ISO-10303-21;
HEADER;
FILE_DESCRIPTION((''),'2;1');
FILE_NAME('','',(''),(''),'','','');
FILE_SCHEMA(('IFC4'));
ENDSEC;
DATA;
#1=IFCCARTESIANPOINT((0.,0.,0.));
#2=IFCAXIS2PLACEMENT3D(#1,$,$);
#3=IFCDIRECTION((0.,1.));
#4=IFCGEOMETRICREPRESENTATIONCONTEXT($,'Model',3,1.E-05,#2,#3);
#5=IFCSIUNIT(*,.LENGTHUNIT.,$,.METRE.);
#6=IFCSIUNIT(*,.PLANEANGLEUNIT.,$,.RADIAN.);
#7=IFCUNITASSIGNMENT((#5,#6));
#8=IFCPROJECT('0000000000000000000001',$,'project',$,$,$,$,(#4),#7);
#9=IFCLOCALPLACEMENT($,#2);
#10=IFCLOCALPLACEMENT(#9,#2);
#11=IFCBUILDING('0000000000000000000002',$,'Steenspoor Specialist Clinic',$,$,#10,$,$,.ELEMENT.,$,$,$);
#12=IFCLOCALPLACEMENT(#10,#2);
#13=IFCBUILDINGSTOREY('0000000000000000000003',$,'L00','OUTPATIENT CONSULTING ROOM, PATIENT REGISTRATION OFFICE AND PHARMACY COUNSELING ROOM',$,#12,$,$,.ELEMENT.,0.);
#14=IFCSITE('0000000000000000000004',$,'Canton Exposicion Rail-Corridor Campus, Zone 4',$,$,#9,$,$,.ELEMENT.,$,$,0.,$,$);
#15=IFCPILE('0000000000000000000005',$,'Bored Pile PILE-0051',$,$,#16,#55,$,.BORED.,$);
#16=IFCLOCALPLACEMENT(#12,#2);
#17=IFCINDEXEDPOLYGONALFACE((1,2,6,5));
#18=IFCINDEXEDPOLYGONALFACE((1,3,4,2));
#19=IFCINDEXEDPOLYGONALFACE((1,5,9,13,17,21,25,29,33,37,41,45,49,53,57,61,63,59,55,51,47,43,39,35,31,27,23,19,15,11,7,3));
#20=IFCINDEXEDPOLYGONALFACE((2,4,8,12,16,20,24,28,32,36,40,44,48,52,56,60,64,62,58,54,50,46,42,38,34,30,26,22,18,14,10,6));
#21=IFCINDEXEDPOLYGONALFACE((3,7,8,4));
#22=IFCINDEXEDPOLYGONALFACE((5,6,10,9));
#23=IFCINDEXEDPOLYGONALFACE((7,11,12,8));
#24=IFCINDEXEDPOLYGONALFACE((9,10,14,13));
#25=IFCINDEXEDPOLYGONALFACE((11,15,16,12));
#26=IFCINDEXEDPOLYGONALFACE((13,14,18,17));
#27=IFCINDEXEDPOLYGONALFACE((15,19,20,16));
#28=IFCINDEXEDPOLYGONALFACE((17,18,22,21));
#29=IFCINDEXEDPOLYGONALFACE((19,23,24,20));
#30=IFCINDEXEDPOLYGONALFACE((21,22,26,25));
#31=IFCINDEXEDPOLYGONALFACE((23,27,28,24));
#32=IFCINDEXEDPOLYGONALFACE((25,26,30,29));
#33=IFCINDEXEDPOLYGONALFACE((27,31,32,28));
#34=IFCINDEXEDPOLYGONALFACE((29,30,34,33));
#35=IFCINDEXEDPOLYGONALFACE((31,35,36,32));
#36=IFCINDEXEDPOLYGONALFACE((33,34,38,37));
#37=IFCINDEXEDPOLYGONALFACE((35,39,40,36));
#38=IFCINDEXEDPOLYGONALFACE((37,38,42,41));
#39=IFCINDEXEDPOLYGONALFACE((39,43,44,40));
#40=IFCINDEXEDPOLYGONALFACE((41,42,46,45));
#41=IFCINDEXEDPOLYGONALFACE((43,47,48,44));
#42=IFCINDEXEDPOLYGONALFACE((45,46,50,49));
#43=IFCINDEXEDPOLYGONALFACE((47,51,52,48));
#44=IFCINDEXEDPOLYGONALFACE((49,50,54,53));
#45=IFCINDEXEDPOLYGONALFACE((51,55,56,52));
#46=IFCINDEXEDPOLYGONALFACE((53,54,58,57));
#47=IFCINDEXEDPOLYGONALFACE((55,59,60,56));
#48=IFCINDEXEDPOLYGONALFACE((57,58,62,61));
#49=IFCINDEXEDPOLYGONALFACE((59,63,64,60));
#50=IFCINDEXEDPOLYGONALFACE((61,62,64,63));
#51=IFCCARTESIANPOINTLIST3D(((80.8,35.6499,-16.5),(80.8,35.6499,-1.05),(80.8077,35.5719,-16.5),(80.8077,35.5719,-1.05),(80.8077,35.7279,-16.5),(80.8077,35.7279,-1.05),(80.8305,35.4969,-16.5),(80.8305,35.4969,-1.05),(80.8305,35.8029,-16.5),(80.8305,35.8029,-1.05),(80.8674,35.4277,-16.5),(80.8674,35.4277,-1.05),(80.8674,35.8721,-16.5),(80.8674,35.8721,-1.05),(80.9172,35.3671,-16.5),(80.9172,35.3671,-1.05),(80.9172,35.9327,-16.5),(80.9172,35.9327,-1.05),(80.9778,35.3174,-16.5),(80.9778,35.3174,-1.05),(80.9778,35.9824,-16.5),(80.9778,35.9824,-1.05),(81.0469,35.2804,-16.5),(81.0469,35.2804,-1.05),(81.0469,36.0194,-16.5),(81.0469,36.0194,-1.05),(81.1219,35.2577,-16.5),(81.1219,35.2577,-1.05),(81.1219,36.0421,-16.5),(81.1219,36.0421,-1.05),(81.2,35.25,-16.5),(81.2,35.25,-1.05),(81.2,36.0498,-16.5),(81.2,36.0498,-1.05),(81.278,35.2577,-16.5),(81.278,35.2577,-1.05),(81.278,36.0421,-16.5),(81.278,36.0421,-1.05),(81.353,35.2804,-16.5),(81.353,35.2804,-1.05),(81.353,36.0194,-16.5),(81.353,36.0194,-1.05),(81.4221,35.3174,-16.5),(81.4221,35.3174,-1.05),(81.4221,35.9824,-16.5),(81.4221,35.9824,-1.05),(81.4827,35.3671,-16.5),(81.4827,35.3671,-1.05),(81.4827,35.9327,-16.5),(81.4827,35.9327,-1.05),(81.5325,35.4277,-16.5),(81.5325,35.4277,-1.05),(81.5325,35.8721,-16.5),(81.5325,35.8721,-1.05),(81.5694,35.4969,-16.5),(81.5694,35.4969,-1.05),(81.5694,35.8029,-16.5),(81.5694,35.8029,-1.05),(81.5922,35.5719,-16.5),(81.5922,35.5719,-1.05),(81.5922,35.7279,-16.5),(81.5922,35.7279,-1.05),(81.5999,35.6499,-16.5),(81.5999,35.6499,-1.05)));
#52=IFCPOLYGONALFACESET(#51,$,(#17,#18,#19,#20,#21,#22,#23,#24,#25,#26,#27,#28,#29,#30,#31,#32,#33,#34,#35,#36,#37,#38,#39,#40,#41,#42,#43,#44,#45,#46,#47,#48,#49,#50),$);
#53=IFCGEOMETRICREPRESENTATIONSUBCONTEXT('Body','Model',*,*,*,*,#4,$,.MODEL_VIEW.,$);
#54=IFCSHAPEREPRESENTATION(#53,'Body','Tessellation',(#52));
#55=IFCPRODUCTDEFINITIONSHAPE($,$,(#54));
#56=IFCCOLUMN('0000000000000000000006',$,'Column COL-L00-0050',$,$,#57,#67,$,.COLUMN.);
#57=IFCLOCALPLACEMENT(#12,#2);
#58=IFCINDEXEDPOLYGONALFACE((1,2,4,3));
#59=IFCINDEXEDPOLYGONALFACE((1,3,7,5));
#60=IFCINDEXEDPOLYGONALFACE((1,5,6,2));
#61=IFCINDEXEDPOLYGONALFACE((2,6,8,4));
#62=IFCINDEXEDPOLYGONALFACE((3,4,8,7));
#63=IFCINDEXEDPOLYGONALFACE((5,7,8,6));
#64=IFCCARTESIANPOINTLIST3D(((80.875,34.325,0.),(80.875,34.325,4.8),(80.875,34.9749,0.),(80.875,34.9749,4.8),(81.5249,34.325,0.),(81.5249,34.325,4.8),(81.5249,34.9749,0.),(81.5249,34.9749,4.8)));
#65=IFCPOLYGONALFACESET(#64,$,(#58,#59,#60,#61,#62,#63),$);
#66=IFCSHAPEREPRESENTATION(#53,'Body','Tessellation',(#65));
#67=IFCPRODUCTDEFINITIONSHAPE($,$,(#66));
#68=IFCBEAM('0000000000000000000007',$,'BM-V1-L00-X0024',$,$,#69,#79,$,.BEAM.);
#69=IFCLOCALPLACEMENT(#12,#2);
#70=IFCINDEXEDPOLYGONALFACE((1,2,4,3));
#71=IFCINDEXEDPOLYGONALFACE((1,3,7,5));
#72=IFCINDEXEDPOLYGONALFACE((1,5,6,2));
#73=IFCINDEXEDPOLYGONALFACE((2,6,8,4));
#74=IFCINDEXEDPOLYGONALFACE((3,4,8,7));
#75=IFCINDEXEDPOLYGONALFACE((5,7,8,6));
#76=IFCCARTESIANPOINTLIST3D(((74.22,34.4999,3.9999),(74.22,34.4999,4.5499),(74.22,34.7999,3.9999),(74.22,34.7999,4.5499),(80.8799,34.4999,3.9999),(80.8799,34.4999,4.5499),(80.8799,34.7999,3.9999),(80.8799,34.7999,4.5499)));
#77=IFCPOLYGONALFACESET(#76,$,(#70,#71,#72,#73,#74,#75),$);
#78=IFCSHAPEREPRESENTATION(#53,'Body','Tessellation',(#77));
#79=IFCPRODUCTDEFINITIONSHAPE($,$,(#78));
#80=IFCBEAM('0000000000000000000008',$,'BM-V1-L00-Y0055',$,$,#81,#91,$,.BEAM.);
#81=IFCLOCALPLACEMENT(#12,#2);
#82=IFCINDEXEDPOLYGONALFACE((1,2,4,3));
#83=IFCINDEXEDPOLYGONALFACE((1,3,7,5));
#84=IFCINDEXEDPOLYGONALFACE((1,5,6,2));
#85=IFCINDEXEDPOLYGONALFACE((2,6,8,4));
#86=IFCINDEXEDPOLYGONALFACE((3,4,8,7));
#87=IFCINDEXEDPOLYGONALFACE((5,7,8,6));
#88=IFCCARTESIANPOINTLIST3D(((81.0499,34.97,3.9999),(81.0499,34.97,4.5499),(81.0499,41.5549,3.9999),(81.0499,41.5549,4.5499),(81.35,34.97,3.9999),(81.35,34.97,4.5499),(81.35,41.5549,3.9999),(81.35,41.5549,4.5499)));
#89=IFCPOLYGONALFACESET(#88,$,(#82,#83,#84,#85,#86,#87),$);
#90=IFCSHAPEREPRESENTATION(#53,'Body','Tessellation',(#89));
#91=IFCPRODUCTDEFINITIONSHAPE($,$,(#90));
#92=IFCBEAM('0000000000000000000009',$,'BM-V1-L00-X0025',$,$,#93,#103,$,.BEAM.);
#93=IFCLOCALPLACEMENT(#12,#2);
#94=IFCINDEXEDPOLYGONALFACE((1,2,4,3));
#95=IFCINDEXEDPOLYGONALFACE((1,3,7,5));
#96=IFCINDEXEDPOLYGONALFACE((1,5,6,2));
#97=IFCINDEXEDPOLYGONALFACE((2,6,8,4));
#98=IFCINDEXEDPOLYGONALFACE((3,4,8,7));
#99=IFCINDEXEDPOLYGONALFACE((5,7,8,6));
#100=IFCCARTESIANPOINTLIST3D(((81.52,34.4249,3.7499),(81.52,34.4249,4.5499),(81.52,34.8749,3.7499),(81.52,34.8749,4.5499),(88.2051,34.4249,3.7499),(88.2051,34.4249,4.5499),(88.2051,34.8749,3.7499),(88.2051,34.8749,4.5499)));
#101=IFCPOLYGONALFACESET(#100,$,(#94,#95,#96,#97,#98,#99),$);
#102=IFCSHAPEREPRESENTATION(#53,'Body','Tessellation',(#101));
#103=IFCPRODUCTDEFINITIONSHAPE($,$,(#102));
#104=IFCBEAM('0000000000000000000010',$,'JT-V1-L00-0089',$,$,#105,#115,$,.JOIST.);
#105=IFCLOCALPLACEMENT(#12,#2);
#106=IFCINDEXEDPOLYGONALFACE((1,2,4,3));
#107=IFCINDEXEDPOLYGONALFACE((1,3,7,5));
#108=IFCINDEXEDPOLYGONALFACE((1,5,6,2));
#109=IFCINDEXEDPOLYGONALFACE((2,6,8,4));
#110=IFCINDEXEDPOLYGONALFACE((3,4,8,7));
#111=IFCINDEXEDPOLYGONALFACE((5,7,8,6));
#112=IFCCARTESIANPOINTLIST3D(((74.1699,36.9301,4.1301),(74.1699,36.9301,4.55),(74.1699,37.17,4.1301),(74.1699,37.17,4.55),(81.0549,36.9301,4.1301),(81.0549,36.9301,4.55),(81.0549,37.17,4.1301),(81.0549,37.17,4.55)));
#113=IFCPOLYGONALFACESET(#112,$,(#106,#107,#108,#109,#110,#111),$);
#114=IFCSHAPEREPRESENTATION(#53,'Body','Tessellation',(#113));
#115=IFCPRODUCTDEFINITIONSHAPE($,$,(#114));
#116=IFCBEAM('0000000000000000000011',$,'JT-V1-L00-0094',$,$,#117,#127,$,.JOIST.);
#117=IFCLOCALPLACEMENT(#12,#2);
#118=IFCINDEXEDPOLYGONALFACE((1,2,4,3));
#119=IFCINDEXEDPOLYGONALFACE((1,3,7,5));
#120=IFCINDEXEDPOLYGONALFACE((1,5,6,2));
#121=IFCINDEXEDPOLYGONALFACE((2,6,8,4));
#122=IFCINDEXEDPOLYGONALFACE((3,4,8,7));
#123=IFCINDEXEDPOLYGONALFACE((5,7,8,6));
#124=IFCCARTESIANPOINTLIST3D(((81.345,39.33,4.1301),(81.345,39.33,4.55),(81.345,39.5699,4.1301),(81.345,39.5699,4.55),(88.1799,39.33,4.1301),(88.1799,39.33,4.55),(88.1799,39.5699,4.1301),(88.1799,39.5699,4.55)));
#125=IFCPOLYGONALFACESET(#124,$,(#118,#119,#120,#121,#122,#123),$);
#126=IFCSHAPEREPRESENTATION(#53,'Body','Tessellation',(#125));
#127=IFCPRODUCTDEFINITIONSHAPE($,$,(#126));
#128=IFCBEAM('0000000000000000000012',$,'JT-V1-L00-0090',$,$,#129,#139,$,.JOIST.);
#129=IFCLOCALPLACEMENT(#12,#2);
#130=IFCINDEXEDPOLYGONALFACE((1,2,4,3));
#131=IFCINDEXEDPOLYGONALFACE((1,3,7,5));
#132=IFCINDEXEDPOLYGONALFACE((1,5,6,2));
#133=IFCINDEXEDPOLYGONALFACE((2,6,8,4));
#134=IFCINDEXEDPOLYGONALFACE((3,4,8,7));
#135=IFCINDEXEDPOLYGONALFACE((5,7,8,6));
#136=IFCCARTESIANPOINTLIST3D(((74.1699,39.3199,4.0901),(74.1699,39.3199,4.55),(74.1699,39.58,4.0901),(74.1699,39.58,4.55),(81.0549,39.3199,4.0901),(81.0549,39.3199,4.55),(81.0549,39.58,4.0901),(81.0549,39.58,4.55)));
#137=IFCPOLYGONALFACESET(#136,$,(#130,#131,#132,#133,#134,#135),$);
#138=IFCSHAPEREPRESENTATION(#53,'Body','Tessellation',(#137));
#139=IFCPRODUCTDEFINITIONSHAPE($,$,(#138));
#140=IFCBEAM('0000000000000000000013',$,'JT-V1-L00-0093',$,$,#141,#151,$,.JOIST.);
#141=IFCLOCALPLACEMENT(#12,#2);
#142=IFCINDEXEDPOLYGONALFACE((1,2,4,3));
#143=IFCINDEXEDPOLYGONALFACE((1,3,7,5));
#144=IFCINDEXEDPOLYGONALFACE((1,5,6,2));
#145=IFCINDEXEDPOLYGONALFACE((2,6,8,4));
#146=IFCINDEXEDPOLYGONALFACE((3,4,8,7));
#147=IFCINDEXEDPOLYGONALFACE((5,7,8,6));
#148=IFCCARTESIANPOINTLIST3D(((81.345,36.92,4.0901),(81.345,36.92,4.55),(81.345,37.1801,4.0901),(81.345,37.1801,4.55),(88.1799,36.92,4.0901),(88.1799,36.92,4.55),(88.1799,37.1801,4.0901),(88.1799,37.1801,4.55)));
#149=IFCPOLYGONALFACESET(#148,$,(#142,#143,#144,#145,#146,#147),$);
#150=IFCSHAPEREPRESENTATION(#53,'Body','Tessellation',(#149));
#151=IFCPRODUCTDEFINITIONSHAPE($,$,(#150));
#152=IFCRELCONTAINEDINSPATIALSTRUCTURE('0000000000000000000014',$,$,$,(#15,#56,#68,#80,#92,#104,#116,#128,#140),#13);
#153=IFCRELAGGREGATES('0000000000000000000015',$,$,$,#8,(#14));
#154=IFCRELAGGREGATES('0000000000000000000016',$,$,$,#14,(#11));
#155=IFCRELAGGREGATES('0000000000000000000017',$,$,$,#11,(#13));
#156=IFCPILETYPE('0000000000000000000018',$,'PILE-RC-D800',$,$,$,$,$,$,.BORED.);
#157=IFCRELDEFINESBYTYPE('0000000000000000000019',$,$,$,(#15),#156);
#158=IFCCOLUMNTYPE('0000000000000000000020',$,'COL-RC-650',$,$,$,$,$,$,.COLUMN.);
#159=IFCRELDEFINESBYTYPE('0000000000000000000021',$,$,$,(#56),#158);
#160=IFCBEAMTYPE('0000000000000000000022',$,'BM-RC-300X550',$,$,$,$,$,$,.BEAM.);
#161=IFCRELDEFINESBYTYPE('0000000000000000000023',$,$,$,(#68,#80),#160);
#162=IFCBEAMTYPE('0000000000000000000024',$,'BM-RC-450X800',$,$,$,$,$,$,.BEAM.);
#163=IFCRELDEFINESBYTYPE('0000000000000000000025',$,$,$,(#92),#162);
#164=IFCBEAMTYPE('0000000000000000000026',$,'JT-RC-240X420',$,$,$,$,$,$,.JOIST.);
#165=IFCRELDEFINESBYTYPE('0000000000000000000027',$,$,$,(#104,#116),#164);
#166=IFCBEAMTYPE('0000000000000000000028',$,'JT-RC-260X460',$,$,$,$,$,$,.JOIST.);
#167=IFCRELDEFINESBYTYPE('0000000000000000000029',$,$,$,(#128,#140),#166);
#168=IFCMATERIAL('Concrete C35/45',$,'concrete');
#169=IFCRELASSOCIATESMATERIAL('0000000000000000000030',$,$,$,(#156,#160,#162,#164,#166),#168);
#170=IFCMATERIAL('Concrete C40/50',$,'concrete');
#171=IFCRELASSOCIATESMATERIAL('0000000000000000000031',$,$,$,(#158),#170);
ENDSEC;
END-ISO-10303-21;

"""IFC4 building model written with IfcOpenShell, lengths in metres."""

from ifc_helpers import new_model, si_unit, direction, frame, origin, origin_2d, place, context, subcontext, project, spatial, rectangle, circle, extrude, material, material_profile, profile_set, type_object, element, save


model = new_model("IFC4")

# Units and contexts
model_context = context("Model", 3, precision=1e-05, world=origin(), true_north=direction((0.0, 1.0)))
body_context = subcontext(model_context, "Body", "Model", "MODEL_VIEW")
ifc_project = project(units=[si_unit("LENGTHUNIT", "METRE"), si_unit("PLANEANGLEUNIT", "RADIAN")], contexts=[model_context])

# Site, building, storey
site_placement = place(None, origin())
site = spatial("IfcSite", under=ifc_project, at=site_placement, Name="Canton Exposicion Rail-Corridor Campus, Zone 4", CompositionType="ELEMENT", RefElevation=0.0)
building_placement = place(site_placement, origin())
building = spatial("IfcBuilding", under=site, at=building_placement, Name="Steenspoor Specialist Clinic", CompositionType="ELEMENT")
storey_placement = place(building_placement, origin())
storey = spatial("IfcBuildingStorey", under=building, at=storey_placement, Name="L00", Description="OUTPATIENT CONSULTING ROOM, PATIENT REGISTRATION OFFICE AND PHARMACY COUNSELING ROOM", CompositionType="ELEMENT", Elevation=0.0)

# Shared definitions
ifc_material_1 = material(Name="Concrete C35/45", Category="concrete")

# Pile
ifc_material_profile_1 = material_profile(ifc_material_1, circle(Radius=0.3999, at=origin_2d()), Name="PILE-D800")
ifc_profile_set_1 = profile_set([ifc_material_profile_1], Name="Concrete C35/45")
pile_type = type_object("IfcPileType", Name="PILE-RC-D800", PredefinedType="BORED", material=ifc_profile_set_1)
for number, where, z_axis, x_axis, name in (
    (1, (81.2, 35.6499, -1.05), (0.0, 0.0, -1.0), (1.0, 0.0, 0.0), "Bored Pile PILE-0051"),
):
    element("IfcPile", number, at=place(storey_placement, frame(where, z_axis=z_axis, x_axis=x_axis)), inside=storey, type_object=pile_type, Name=name, PredefinedType="BORED", context=body_context, shape_type="SweptSolid", body=[
        extrude(circle(Radius=0.3999, at=origin_2d()), origin(), (0.0, 0.0, 1.0), 15.45),
    ])

# Column
ifc_material_2 = material(Name="Concrete C40/50", Category="concrete")
ifc_material_profile_2 = material_profile(ifc_material_2, rectangle(XDim=0.6499, YDim=0.6499, at=origin_2d()), Name="RC-COL-650X650")
ifc_profile_set_2 = profile_set([ifc_material_profile_2], Name="Concrete C40/50")
column_type = type_object("IfcColumnType", Name="COL-RC-650", PredefinedType="COLUMN", material=ifc_profile_set_2)
column_placement = place(storey_placement, frame((81.2, 34.6499, 0.0), z_axis=(0.0, 0.0, 1.0), x_axis=(1.0, 0.0, 0.0)))
element("IfcColumn", 2, at=column_placement, inside=storey, type_object=column_type, Name="Column COL-L00-0050", PredefinedType="COLUMN", context=body_context, shape_type="SweptSolid", body=[
    extrude(rectangle(XDim=0.6499, YDim=0.6499, at=origin_2d()), origin(), (0.0, 0.0, 1.0), 4.8),
])

# Beams
ifc_material_profile_3 = material_profile(ifc_material_1, rectangle(XDim=0.3, YDim=0.55, at=origin_2d()), Name="RC-BM-300X550")
ifc_profile_set_3 = profile_set([ifc_material_profile_3], Name="Concrete C35/45")
beam_type_1 = type_object("IfcBeamType", Name="BM-RC-300X550", PredefinedType="BEAM", material=ifc_profile_set_3)
beam_1_placement = place(storey_placement, frame((74.22, 34.6499, 4.2749), z_axis=(1.0, 0.0, 0.0), x_axis=(0.0, 1.0, 0.0)))
element("IfcBeam", 3, at=beam_1_placement, inside=storey, type_object=beam_type_1, Name="BM-V1-L00-X0024", PredefinedType="BEAM", context=body_context, shape_type="SweptSolid", body=[
    extrude(rectangle(XDim=0.3, YDim=0.55, at=origin_2d()), origin(), (0.0, 0.0, 1.0), 6.6599),
])
beam_2_placement = place(storey_placement, frame((81.2, 34.97, 4.2749), z_axis=(0.0, 1.0, 0.0), x_axis=(-1.0, 0.0, 0.0)))
element("IfcBeam", 4, at=beam_2_placement, inside=storey, type_object=beam_type_1, Name="BM-V1-L00-Y0055", PredefinedType="BEAM", context=body_context, shape_type="SweptSolid", body=[
    extrude(rectangle(XDim=0.3, YDim=0.55, at=origin_2d()), origin(), (0.0, 0.0, 1.0), 6.585),
])
ifc_material_profile_4 = material_profile(ifc_material_1, rectangle(XDim=0.45, YDim=0.8, at=origin_2d()), Name="RC-BM-450X800")
ifc_profile_set_4 = profile_set([ifc_material_profile_4], Name="Concrete C35/45")
beam_type_2 = type_object("IfcBeamType", Name="BM-RC-450X800", PredefinedType="BEAM", material=ifc_profile_set_4)
beam_3_placement = place(storey_placement, frame((81.52, 34.6499, 4.1499), z_axis=(1.0, 0.0, 0.0), x_axis=(0.0, 1.0, 0.0)))
element("IfcBeam", 5, at=beam_3_placement, inside=storey, type_object=beam_type_2, Name="BM-V1-L00-X0025", PredefinedType="BEAM", context=body_context, shape_type="SweptSolid", body=[
    extrude(rectangle(XDim=0.45, YDim=0.8, at=origin_2d()), origin(), (0.0, 0.0, 1.0), 6.6851),
])
ifc_material_profile_5 = material_profile(ifc_material_1, rectangle(XDim=0.24, YDim=0.4199, at=origin_2d()), Name="RC-JT-240X420")
ifc_profile_set_5 = profile_set([ifc_material_profile_5], Name="Concrete C35/45")
beam_type_3 = type_object("IfcBeamType", Name="JT-RC-240X420", PredefinedType="JOIST", material=ifc_profile_set_5)
beam_4_placement = place(storey_placement, frame((74.1699, 37.05, 4.3401), z_axis=(1.0, 0.0, 0.0), x_axis=(0.0, 1.0, 0.0)))
element("IfcBeam", 6, at=beam_4_placement, inside=storey, type_object=beam_type_3, Name="JT-V1-L00-0089", PredefinedType="JOIST", context=body_context, shape_type="SweptSolid", body=[
    extrude(rectangle(XDim=0.24, YDim=0.4199, at=origin_2d()), origin(), (0.0, 0.0, 1.0), 6.885),
])
beam_5_placement = place(storey_placement, frame((81.345, 39.45, 4.3401), z_axis=(1.0, 0.0, 0.0), x_axis=(0.0, 1.0, 0.0)))
element("IfcBeam", 7, at=beam_5_placement, inside=storey, type_object=beam_type_3, Name="JT-V1-L00-0094", PredefinedType="JOIST", context=body_context, shape_type="SweptSolid", body=[
    extrude(rectangle(XDim=0.24, YDim=0.4199, at=origin_2d()), origin(), (0.0, 0.0, 1.0), 6.835),
])
ifc_material_profile_6 = material_profile(ifc_material_1, rectangle(XDim=0.26, YDim=0.46, at=origin_2d()), Name="RC-JT-260X460")
ifc_profile_set_6 = profile_set([ifc_material_profile_6], Name="Concrete C35/45")
beam_type_4 = type_object("IfcBeamType", Name="JT-RC-260X460", PredefinedType="JOIST", material=ifc_profile_set_6)
beam_6_placement = place(storey_placement, frame((74.1699, 39.45, 4.3201), z_axis=(1.0, 0.0, 0.0), x_axis=(0.0, 1.0, 0.0)))
element("IfcBeam", 8, at=beam_6_placement, inside=storey, type_object=beam_type_4, Name="JT-V1-L00-0090", PredefinedType="JOIST", context=body_context, shape_type="SweptSolid", body=[
    extrude(rectangle(XDim=0.26, YDim=0.46, at=origin_2d()), origin(), (0.0, 0.0, 1.0), 6.885),
])
beam_7_placement = place(storey_placement, frame((81.345, 37.05, 4.3201), z_axis=(1.0, 0.0, 0.0), x_axis=(0.0, 1.0, 0.0)))
element("IfcBeam", 9, at=beam_7_placement, inside=storey, type_object=beam_type_4, Name="JT-V1-L00-0093", PredefinedType="JOIST", context=body_context, shape_type="SweptSolid", body=[
    extrude(rectangle(XDim=0.26, YDim=0.46, at=origin_2d()), origin(), (0.0, 0.0, 1.0), 6.835),
])

save(model, "model.ifc")
